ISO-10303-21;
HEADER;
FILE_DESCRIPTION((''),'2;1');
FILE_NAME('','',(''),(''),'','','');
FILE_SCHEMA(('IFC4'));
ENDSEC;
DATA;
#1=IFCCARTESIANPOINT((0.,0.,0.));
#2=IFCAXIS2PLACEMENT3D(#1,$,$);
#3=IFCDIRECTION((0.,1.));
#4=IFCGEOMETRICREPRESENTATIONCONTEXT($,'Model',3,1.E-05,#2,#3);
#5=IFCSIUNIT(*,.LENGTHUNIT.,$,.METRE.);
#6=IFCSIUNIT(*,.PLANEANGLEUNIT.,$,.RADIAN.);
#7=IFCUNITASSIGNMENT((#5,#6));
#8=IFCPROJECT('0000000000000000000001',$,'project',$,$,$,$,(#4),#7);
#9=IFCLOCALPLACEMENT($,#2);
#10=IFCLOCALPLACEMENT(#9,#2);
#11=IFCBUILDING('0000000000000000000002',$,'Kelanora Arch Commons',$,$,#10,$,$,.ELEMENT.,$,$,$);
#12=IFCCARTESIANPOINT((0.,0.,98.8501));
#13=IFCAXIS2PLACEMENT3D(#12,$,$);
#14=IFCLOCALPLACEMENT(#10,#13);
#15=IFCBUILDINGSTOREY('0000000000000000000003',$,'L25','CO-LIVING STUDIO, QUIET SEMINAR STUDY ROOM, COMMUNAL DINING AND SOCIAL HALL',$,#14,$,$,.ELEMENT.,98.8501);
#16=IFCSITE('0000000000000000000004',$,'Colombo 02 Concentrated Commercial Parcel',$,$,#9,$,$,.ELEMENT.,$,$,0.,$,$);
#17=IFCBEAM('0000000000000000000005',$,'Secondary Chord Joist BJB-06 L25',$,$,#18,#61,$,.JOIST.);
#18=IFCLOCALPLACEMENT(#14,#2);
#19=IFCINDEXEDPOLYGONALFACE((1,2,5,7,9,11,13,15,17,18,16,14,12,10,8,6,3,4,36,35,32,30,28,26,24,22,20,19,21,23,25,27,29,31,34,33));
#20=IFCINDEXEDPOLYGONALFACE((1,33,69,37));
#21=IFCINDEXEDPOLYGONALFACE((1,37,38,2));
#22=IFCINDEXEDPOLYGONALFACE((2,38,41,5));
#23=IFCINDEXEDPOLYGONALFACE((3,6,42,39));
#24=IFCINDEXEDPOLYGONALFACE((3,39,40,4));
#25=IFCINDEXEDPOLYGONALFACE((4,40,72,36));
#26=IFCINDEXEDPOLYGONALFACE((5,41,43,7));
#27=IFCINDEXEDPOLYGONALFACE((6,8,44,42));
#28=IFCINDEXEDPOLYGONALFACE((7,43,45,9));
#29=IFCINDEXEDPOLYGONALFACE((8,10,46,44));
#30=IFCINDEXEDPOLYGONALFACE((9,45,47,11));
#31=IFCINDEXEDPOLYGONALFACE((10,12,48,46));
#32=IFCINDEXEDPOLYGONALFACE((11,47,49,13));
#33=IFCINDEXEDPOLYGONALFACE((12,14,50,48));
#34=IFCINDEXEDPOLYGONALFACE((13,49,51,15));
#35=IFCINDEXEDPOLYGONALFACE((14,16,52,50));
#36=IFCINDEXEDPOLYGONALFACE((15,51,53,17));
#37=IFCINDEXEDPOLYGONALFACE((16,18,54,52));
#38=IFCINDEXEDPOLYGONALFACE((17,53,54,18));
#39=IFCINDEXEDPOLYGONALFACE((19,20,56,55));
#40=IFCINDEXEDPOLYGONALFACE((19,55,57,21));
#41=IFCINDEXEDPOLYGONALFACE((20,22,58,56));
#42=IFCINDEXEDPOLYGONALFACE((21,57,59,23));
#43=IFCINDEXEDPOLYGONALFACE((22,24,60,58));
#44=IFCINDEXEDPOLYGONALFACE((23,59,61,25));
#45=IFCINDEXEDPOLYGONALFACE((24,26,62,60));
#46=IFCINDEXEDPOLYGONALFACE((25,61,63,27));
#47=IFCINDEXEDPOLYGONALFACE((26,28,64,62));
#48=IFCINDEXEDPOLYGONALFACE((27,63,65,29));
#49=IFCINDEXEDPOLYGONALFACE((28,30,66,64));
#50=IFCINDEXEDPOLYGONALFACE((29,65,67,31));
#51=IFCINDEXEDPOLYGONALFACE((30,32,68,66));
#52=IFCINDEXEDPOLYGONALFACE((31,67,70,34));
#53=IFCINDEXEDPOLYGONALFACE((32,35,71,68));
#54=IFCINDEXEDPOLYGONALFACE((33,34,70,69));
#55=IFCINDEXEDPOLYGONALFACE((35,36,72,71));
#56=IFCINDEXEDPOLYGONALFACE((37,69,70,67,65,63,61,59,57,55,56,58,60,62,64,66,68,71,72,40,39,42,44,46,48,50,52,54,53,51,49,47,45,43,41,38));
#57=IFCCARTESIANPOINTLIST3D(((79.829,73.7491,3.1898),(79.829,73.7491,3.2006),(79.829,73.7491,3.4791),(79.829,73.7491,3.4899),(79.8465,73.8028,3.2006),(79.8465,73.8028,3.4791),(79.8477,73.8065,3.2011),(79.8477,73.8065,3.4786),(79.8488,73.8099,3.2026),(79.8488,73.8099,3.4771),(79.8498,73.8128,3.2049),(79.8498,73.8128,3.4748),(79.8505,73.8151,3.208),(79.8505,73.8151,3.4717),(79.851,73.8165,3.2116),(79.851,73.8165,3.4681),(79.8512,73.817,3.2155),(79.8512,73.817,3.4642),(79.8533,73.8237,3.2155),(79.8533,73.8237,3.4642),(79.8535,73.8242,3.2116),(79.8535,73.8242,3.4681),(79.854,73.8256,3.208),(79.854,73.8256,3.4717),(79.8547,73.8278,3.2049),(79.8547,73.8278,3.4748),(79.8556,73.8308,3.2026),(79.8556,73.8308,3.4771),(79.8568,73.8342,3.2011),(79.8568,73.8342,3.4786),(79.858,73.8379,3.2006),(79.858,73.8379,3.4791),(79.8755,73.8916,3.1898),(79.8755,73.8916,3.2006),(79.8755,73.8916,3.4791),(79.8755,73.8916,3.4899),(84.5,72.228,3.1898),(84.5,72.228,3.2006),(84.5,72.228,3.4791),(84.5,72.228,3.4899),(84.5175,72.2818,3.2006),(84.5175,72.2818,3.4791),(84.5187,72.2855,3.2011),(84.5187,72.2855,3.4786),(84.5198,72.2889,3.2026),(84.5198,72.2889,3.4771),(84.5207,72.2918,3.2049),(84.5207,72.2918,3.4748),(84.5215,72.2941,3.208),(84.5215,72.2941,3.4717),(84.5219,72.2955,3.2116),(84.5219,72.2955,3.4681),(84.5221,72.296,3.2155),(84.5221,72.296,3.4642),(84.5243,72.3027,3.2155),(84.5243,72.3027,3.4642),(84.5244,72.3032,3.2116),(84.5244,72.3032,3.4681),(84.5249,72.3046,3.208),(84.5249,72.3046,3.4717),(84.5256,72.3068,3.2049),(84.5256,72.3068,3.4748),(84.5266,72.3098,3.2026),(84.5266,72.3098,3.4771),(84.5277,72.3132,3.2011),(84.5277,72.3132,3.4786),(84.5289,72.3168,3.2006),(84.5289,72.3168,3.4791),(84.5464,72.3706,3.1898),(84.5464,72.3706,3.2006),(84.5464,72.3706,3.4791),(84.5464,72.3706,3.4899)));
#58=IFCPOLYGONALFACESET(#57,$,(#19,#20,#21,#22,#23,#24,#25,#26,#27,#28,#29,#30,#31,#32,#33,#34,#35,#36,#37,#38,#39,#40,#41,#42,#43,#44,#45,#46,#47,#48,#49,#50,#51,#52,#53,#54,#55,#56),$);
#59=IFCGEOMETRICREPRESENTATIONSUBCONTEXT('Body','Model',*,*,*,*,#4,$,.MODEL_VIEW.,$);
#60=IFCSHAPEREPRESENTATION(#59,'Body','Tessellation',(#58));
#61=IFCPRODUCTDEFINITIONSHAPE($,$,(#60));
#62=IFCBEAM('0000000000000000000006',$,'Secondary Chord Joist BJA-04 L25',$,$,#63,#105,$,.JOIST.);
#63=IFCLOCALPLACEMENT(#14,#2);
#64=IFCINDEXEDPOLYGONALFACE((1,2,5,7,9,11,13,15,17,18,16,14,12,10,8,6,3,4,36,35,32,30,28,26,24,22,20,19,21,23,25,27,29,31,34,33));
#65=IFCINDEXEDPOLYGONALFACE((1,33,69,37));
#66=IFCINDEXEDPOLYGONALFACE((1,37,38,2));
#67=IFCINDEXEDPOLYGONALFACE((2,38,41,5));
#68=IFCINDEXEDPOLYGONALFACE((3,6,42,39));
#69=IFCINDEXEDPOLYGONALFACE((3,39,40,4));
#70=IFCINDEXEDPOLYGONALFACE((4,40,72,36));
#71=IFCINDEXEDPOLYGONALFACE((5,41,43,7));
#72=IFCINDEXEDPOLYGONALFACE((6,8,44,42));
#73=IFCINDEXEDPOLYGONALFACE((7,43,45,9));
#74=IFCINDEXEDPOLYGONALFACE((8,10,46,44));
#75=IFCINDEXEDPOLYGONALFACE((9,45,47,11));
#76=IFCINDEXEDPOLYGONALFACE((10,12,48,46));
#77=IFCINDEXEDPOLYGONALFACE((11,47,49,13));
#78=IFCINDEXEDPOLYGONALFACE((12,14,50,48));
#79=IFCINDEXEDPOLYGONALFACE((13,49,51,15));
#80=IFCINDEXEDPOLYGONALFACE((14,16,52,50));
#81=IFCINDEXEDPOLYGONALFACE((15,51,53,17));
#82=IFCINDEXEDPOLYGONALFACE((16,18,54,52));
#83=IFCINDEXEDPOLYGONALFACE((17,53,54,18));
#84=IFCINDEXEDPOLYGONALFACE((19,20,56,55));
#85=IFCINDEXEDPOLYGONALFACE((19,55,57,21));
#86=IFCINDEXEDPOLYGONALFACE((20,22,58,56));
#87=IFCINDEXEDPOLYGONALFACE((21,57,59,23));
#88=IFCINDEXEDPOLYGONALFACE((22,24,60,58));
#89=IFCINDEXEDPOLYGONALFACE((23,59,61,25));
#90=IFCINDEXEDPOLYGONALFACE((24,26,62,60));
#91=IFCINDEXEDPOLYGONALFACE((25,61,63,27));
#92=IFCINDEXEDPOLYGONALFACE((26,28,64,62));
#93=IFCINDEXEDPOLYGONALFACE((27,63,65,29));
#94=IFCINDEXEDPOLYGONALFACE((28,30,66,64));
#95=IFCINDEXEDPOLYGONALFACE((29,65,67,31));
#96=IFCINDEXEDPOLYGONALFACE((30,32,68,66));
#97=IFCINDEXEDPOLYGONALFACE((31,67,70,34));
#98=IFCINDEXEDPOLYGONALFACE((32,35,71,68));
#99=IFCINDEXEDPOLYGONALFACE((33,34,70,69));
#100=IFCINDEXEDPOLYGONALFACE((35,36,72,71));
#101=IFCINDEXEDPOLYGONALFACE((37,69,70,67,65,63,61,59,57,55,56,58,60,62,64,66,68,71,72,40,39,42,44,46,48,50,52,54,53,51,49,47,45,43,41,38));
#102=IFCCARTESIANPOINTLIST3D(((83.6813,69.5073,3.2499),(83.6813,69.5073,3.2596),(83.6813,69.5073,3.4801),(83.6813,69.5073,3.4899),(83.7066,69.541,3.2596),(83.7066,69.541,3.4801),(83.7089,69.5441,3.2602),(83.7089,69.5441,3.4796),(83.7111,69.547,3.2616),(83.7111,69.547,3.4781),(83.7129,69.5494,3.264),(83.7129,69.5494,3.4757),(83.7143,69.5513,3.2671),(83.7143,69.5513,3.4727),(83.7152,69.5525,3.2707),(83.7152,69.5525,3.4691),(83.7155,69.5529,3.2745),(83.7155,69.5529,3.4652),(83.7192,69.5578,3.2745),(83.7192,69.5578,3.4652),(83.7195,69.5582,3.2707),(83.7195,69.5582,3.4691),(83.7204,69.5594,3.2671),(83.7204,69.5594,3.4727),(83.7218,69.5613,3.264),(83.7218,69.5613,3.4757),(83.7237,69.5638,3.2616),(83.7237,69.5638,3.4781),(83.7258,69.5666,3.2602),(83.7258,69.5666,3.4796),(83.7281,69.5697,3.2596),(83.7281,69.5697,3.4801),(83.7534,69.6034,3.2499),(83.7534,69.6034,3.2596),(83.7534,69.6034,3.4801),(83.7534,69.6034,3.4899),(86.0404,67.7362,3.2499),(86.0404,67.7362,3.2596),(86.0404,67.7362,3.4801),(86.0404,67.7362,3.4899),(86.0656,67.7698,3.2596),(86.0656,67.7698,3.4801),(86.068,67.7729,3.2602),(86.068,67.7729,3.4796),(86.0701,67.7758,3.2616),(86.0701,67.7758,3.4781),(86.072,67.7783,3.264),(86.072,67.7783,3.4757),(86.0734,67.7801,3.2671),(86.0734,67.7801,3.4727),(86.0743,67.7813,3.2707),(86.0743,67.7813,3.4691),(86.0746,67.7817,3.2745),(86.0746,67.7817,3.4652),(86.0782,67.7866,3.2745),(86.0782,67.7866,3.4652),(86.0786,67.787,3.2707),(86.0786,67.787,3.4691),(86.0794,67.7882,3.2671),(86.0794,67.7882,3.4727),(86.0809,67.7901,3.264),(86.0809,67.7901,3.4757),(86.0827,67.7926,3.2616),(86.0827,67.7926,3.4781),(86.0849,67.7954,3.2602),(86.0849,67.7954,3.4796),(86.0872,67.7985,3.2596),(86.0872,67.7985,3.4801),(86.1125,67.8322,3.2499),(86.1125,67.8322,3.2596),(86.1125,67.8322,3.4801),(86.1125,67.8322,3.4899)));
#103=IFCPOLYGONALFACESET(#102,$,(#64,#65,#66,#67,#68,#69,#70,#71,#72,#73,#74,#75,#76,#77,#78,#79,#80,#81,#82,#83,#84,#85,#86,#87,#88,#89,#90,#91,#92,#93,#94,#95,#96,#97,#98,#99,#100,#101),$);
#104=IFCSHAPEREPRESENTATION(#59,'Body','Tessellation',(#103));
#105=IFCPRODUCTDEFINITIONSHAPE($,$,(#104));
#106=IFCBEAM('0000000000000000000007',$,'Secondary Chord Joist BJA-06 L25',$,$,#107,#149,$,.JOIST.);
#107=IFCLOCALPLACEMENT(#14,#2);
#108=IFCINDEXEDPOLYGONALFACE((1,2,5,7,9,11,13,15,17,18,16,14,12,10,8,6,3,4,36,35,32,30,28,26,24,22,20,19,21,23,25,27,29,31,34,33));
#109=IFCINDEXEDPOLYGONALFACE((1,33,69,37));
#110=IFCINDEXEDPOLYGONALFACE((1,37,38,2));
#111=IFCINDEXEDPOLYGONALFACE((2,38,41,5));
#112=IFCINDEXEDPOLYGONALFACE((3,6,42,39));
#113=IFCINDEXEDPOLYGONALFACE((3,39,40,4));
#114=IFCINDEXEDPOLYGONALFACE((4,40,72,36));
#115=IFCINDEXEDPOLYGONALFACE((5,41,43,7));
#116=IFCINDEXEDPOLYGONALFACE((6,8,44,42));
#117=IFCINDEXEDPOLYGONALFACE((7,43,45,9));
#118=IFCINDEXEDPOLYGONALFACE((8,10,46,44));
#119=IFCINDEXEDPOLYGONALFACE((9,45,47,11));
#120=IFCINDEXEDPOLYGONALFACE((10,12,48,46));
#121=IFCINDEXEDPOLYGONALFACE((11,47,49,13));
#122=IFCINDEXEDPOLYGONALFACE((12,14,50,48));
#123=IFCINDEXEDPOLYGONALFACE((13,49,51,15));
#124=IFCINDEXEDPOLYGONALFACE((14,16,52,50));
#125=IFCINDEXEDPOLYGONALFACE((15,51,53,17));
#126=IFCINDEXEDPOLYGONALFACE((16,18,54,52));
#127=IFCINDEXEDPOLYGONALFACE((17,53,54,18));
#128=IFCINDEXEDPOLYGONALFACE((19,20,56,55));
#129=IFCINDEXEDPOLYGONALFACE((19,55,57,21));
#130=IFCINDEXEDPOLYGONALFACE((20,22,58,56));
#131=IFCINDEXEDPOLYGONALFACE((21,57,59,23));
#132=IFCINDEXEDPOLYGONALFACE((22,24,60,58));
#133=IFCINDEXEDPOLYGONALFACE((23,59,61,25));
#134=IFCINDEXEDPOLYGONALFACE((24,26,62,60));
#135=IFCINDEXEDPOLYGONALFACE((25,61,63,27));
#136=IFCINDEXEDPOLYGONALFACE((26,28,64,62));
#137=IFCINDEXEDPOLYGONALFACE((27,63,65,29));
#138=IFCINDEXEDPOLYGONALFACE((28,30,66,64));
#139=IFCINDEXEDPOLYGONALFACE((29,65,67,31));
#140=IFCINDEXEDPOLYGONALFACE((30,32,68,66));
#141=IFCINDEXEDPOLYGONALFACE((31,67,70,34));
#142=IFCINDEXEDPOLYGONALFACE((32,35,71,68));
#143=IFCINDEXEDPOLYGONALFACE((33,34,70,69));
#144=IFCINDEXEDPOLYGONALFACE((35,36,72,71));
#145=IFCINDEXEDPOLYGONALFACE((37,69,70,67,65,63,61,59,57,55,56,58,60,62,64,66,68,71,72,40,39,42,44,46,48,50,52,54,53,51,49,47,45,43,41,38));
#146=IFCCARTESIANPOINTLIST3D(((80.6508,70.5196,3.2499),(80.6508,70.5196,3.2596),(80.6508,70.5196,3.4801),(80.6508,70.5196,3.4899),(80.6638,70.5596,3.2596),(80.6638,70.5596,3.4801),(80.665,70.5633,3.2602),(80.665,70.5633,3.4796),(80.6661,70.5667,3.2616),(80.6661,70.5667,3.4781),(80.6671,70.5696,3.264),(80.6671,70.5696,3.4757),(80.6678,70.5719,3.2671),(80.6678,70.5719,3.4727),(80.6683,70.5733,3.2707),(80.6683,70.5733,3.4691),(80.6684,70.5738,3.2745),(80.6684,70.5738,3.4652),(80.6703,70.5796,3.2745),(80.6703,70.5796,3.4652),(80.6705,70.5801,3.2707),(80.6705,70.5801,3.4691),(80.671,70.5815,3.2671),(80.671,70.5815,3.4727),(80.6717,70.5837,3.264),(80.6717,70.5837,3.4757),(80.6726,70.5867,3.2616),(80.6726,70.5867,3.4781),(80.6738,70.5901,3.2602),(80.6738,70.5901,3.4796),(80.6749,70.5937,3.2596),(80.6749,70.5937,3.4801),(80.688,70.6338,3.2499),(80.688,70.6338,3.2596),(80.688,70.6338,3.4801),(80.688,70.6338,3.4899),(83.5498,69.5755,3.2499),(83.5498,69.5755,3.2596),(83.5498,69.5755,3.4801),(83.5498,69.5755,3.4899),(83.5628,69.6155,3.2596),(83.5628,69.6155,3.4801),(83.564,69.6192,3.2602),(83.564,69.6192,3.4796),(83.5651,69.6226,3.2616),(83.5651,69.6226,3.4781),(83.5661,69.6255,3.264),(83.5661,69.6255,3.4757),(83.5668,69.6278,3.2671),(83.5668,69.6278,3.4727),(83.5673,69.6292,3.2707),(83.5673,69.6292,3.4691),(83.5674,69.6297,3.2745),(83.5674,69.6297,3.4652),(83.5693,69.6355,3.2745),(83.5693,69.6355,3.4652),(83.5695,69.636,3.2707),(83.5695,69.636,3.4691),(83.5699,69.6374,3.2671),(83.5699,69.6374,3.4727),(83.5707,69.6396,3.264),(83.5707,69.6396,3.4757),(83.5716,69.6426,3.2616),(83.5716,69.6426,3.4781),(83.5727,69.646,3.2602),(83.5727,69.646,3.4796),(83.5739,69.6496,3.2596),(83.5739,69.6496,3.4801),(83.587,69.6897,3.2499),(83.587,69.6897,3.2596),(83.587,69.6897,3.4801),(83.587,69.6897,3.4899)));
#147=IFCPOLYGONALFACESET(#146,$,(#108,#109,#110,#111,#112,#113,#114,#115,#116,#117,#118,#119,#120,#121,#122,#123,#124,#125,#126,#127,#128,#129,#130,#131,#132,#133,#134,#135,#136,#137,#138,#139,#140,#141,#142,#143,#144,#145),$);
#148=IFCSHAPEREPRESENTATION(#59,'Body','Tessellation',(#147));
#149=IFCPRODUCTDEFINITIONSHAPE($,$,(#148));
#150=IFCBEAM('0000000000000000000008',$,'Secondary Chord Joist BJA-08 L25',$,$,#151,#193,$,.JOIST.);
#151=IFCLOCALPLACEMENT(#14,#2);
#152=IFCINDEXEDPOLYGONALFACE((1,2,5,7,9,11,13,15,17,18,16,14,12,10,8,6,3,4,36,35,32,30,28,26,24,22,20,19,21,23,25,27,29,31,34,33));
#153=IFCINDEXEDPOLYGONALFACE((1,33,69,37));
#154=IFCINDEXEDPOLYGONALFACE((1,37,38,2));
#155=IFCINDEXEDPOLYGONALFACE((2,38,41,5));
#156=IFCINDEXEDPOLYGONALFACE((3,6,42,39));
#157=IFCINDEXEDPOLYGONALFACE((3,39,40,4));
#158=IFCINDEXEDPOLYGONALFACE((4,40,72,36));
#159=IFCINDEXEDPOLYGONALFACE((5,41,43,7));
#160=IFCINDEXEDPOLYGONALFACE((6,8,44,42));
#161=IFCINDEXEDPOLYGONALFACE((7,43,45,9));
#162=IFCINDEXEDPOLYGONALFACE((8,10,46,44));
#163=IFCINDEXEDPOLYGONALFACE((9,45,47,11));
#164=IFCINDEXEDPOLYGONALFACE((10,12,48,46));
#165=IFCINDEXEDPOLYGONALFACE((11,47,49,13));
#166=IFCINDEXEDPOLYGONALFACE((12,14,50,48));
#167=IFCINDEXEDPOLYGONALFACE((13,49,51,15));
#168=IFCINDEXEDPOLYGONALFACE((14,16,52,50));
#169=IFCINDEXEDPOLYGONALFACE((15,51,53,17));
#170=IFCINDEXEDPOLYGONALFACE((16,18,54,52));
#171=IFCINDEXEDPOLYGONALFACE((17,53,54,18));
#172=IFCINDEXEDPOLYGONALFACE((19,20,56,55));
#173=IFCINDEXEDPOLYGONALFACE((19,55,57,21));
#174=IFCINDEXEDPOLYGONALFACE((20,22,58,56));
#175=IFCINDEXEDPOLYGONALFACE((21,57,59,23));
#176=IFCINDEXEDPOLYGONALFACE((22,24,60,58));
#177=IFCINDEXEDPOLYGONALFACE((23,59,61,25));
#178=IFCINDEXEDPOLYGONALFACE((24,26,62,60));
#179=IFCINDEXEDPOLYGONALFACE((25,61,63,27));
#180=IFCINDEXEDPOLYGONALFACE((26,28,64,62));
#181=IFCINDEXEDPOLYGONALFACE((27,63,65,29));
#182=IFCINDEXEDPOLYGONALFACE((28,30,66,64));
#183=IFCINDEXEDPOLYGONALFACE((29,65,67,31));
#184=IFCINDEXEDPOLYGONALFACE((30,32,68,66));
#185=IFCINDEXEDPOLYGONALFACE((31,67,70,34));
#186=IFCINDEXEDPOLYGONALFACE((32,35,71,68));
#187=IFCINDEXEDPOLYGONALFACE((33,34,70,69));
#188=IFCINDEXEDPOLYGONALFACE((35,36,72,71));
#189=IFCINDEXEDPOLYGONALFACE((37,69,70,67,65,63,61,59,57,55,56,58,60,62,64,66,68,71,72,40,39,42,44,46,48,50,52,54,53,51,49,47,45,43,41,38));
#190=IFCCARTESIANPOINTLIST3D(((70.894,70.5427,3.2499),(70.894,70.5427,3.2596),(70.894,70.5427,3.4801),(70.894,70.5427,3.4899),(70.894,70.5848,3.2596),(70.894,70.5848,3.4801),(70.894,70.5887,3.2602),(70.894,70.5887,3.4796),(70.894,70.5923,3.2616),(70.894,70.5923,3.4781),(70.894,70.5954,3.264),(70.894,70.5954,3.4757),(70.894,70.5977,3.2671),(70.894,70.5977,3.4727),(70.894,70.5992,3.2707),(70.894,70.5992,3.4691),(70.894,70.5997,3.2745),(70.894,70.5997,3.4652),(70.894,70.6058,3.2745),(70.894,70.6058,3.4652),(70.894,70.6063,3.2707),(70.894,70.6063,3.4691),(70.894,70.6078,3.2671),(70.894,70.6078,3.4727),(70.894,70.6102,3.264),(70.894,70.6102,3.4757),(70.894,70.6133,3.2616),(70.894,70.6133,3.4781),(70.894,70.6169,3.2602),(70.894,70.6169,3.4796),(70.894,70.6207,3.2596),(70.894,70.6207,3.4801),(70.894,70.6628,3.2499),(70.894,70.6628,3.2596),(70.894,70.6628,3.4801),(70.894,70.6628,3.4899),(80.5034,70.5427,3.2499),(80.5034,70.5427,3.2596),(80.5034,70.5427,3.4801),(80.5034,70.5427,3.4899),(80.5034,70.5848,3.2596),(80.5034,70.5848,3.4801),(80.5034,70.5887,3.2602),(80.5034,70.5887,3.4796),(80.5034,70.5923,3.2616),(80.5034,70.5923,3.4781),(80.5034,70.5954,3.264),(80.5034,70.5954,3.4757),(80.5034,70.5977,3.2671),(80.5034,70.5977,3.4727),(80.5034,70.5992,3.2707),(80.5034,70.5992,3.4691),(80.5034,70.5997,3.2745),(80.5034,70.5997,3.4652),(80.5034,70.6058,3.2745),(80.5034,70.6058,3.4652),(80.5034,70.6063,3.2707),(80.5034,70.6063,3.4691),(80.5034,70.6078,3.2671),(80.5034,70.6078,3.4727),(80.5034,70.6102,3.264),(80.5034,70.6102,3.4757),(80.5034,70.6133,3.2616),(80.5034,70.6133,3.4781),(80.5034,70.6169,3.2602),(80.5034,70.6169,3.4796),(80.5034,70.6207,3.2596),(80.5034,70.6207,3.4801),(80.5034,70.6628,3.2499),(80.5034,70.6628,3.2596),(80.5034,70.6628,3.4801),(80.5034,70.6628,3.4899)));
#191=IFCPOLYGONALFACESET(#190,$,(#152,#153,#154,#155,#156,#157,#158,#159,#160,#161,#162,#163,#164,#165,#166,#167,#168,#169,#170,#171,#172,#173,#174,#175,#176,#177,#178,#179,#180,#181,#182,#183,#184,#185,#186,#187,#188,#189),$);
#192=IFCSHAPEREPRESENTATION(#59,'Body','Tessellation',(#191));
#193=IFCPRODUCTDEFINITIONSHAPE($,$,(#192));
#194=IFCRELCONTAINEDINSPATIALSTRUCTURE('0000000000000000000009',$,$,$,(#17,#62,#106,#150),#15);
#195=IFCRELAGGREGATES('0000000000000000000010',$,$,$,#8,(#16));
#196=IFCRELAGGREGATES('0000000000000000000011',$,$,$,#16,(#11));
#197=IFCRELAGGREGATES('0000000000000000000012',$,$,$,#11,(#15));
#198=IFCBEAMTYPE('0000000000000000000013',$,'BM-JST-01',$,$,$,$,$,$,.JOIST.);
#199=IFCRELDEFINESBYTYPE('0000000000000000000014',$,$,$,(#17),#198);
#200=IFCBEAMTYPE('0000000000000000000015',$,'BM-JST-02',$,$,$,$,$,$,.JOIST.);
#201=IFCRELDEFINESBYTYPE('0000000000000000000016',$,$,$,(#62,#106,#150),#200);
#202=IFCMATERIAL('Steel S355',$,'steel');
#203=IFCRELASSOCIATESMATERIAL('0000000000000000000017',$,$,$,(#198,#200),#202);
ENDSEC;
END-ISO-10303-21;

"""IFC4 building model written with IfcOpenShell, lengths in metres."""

from ifc_helpers import new_model, si_unit, direction, frame, origin, origin_2d, place, context, subcontext, project, spatial, i_section, extrude, material, material_profile, profile_set, type_object, element, save


model = new_model("IFC4")

# Units and contexts
model_context = context("Model", 3, precision=1e-05, world=origin(), true_north=direction((0.0, 1.0)))
body_context = subcontext(model_context, "Body", "Model", "MODEL_VIEW")
ifc_project = project(units=[si_unit("LENGTHUNIT", "METRE"), si_unit("PLANEANGLEUNIT", "RADIAN")], contexts=[model_context])

# Site, building, storey
site_placement = place(None, origin())
site = spatial("IfcSite", under=ifc_project, at=site_placement, Name="Colombo 02 Concentrated Commercial Parcel", CompositionType="ELEMENT", RefElevation=0.0)
building_placement = place(site_placement, origin())
building = spatial("IfcBuilding", under=site, at=building_placement, Name="Kelanora Arch Commons", CompositionType="ELEMENT")
storey_placement = place(building_placement, frame((0.0, 0.0, 98.8501)))
storey = spatial("IfcBuildingStorey", under=building, at=storey_placement, Name="L25", Description="CO-LIVING STUDIO, QUIET SEMINAR STUDY ROOM, COMMUNAL DINING AND SOCIAL HALL", CompositionType="ELEMENT", Elevation=98.8501)

# Beams
ifc_material_1 = material(Name="Steel S355", Category="steel")
ifc_material_profile_1 = material_profile(ifc_material_1, i_section(OverallWidth=0.1499, OverallDepth=0.3, WebThickness=0.0071, FlangeThickness=0.0107, FilletRadius=0.0149, at=origin_2d()), Name="IPE300")
ifc_profile_set_1 = profile_set([ifc_material_profile_1], Name="Steel S355")
beam_type_1 = type_object("IfcBeamType", Name="BM-JST-01", PredefinedType="JOIST", material=ifc_profile_set_1)
beam_1_placement = place(storey_placement, frame((84.5232, 72.2993, 3.3398), z_axis=(-0.950857, 0.30963, 0.0), x_axis=(-0.30963, -0.950857, 0.0)))
element("IfcBeam", 1, at=beam_1_placement, inside=storey, type_object=beam_type_1, Name="Secondary Chord Joist BJB-06 L25", PredefinedType="JOIST", context=body_context, shape_type="SweptSolid", body=[
    extrude(i_section(OverallWidth=0.1499, OverallDepth=0.3, WebThickness=0.0071, FlangeThickness=0.0107, FilletRadius=0.0149, at=origin_2d()), origin(), (0.0, 0.0, 1.0), 4.9124),
])
ifc_material_profile_2 = material_profile(ifc_material_1, i_section(OverallWidth=0.1201, OverallDepth=0.24, WebThickness=0.0061, FlangeThickness=0.0098, FilletRadius=0.0149, at=origin_2d()), Name="IPE240")
ifc_profile_set_2 = profile_set([ifc_material_profile_2], Name="Steel S355")
beam_type_2 = type_object("IfcBeamType", Name="BM-JST-02", PredefinedType="JOIST", material=ifc_profile_set_2)
beam_2_placement = place(storey_placement, frame((86.0764, 67.7842, 3.3699), z_axis=(-0.799692, 0.60041, 0.0), x_axis=(-0.60041, -0.799692, 0.0)))
element("IfcBeam", 2, at=beam_2_placement, inside=storey, type_object=beam_type_2, Name="Secondary Chord Joist BJA-04 L25", PredefinedType="JOIST", context=body_context, shape_type="SweptSolid", body=[
    extrude(i_section(OverallWidth=0.1201, OverallDepth=0.24, WebThickness=0.0061, FlangeThickness=0.0098, FilletRadius=0.0149, at=origin_2d()), origin(), (0.0, 0.0, 1.0), 2.95),
])
beam_3_placement = place(storey_placement, frame((83.5684, 69.6326, 3.3699), z_axis=(-0.950847, 0.309662, 0.0), x_axis=(-0.309662, -0.950847, 0.0)))
element("IfcBeam", 3, at=beam_3_placement, inside=storey, type_object=beam_type_2, Name="Secondary Chord Joist BJA-06 L25", PredefinedType="JOIST", context=body_context, shape_type="SweptSolid", body=[
    extrude(i_section(OverallWidth=0.1201, OverallDepth=0.24, WebThickness=0.0061, FlangeThickness=0.0098, FilletRadius=0.0149, at=origin_2d()), origin(), (0.0, 0.0, 1.0), 3.0488),
])
beam_4_placement = place(storey_placement, frame((80.5034, 70.6028, 3.3699), z_axis=(-1.0, 0.0, 0.0), x_axis=(0.0, -1.0, 0.0)))
element("IfcBeam", 4, at=beam_4_placement, inside=storey, type_object=beam_type_2, Name="Secondary Chord Joist BJA-08 L25", PredefinedType="JOIST", context=body_context, shape_type="SweptSolid", body=[
    extrude(i_section(OverallWidth=0.1201, OverallDepth=0.24, WebThickness=0.0061, FlangeThickness=0.0098, FilletRadius=0.0149, at=origin_2d()), origin(), (0.0, 0.0, 1.0), 9.6094),
])

save(model, "model.ifc")
